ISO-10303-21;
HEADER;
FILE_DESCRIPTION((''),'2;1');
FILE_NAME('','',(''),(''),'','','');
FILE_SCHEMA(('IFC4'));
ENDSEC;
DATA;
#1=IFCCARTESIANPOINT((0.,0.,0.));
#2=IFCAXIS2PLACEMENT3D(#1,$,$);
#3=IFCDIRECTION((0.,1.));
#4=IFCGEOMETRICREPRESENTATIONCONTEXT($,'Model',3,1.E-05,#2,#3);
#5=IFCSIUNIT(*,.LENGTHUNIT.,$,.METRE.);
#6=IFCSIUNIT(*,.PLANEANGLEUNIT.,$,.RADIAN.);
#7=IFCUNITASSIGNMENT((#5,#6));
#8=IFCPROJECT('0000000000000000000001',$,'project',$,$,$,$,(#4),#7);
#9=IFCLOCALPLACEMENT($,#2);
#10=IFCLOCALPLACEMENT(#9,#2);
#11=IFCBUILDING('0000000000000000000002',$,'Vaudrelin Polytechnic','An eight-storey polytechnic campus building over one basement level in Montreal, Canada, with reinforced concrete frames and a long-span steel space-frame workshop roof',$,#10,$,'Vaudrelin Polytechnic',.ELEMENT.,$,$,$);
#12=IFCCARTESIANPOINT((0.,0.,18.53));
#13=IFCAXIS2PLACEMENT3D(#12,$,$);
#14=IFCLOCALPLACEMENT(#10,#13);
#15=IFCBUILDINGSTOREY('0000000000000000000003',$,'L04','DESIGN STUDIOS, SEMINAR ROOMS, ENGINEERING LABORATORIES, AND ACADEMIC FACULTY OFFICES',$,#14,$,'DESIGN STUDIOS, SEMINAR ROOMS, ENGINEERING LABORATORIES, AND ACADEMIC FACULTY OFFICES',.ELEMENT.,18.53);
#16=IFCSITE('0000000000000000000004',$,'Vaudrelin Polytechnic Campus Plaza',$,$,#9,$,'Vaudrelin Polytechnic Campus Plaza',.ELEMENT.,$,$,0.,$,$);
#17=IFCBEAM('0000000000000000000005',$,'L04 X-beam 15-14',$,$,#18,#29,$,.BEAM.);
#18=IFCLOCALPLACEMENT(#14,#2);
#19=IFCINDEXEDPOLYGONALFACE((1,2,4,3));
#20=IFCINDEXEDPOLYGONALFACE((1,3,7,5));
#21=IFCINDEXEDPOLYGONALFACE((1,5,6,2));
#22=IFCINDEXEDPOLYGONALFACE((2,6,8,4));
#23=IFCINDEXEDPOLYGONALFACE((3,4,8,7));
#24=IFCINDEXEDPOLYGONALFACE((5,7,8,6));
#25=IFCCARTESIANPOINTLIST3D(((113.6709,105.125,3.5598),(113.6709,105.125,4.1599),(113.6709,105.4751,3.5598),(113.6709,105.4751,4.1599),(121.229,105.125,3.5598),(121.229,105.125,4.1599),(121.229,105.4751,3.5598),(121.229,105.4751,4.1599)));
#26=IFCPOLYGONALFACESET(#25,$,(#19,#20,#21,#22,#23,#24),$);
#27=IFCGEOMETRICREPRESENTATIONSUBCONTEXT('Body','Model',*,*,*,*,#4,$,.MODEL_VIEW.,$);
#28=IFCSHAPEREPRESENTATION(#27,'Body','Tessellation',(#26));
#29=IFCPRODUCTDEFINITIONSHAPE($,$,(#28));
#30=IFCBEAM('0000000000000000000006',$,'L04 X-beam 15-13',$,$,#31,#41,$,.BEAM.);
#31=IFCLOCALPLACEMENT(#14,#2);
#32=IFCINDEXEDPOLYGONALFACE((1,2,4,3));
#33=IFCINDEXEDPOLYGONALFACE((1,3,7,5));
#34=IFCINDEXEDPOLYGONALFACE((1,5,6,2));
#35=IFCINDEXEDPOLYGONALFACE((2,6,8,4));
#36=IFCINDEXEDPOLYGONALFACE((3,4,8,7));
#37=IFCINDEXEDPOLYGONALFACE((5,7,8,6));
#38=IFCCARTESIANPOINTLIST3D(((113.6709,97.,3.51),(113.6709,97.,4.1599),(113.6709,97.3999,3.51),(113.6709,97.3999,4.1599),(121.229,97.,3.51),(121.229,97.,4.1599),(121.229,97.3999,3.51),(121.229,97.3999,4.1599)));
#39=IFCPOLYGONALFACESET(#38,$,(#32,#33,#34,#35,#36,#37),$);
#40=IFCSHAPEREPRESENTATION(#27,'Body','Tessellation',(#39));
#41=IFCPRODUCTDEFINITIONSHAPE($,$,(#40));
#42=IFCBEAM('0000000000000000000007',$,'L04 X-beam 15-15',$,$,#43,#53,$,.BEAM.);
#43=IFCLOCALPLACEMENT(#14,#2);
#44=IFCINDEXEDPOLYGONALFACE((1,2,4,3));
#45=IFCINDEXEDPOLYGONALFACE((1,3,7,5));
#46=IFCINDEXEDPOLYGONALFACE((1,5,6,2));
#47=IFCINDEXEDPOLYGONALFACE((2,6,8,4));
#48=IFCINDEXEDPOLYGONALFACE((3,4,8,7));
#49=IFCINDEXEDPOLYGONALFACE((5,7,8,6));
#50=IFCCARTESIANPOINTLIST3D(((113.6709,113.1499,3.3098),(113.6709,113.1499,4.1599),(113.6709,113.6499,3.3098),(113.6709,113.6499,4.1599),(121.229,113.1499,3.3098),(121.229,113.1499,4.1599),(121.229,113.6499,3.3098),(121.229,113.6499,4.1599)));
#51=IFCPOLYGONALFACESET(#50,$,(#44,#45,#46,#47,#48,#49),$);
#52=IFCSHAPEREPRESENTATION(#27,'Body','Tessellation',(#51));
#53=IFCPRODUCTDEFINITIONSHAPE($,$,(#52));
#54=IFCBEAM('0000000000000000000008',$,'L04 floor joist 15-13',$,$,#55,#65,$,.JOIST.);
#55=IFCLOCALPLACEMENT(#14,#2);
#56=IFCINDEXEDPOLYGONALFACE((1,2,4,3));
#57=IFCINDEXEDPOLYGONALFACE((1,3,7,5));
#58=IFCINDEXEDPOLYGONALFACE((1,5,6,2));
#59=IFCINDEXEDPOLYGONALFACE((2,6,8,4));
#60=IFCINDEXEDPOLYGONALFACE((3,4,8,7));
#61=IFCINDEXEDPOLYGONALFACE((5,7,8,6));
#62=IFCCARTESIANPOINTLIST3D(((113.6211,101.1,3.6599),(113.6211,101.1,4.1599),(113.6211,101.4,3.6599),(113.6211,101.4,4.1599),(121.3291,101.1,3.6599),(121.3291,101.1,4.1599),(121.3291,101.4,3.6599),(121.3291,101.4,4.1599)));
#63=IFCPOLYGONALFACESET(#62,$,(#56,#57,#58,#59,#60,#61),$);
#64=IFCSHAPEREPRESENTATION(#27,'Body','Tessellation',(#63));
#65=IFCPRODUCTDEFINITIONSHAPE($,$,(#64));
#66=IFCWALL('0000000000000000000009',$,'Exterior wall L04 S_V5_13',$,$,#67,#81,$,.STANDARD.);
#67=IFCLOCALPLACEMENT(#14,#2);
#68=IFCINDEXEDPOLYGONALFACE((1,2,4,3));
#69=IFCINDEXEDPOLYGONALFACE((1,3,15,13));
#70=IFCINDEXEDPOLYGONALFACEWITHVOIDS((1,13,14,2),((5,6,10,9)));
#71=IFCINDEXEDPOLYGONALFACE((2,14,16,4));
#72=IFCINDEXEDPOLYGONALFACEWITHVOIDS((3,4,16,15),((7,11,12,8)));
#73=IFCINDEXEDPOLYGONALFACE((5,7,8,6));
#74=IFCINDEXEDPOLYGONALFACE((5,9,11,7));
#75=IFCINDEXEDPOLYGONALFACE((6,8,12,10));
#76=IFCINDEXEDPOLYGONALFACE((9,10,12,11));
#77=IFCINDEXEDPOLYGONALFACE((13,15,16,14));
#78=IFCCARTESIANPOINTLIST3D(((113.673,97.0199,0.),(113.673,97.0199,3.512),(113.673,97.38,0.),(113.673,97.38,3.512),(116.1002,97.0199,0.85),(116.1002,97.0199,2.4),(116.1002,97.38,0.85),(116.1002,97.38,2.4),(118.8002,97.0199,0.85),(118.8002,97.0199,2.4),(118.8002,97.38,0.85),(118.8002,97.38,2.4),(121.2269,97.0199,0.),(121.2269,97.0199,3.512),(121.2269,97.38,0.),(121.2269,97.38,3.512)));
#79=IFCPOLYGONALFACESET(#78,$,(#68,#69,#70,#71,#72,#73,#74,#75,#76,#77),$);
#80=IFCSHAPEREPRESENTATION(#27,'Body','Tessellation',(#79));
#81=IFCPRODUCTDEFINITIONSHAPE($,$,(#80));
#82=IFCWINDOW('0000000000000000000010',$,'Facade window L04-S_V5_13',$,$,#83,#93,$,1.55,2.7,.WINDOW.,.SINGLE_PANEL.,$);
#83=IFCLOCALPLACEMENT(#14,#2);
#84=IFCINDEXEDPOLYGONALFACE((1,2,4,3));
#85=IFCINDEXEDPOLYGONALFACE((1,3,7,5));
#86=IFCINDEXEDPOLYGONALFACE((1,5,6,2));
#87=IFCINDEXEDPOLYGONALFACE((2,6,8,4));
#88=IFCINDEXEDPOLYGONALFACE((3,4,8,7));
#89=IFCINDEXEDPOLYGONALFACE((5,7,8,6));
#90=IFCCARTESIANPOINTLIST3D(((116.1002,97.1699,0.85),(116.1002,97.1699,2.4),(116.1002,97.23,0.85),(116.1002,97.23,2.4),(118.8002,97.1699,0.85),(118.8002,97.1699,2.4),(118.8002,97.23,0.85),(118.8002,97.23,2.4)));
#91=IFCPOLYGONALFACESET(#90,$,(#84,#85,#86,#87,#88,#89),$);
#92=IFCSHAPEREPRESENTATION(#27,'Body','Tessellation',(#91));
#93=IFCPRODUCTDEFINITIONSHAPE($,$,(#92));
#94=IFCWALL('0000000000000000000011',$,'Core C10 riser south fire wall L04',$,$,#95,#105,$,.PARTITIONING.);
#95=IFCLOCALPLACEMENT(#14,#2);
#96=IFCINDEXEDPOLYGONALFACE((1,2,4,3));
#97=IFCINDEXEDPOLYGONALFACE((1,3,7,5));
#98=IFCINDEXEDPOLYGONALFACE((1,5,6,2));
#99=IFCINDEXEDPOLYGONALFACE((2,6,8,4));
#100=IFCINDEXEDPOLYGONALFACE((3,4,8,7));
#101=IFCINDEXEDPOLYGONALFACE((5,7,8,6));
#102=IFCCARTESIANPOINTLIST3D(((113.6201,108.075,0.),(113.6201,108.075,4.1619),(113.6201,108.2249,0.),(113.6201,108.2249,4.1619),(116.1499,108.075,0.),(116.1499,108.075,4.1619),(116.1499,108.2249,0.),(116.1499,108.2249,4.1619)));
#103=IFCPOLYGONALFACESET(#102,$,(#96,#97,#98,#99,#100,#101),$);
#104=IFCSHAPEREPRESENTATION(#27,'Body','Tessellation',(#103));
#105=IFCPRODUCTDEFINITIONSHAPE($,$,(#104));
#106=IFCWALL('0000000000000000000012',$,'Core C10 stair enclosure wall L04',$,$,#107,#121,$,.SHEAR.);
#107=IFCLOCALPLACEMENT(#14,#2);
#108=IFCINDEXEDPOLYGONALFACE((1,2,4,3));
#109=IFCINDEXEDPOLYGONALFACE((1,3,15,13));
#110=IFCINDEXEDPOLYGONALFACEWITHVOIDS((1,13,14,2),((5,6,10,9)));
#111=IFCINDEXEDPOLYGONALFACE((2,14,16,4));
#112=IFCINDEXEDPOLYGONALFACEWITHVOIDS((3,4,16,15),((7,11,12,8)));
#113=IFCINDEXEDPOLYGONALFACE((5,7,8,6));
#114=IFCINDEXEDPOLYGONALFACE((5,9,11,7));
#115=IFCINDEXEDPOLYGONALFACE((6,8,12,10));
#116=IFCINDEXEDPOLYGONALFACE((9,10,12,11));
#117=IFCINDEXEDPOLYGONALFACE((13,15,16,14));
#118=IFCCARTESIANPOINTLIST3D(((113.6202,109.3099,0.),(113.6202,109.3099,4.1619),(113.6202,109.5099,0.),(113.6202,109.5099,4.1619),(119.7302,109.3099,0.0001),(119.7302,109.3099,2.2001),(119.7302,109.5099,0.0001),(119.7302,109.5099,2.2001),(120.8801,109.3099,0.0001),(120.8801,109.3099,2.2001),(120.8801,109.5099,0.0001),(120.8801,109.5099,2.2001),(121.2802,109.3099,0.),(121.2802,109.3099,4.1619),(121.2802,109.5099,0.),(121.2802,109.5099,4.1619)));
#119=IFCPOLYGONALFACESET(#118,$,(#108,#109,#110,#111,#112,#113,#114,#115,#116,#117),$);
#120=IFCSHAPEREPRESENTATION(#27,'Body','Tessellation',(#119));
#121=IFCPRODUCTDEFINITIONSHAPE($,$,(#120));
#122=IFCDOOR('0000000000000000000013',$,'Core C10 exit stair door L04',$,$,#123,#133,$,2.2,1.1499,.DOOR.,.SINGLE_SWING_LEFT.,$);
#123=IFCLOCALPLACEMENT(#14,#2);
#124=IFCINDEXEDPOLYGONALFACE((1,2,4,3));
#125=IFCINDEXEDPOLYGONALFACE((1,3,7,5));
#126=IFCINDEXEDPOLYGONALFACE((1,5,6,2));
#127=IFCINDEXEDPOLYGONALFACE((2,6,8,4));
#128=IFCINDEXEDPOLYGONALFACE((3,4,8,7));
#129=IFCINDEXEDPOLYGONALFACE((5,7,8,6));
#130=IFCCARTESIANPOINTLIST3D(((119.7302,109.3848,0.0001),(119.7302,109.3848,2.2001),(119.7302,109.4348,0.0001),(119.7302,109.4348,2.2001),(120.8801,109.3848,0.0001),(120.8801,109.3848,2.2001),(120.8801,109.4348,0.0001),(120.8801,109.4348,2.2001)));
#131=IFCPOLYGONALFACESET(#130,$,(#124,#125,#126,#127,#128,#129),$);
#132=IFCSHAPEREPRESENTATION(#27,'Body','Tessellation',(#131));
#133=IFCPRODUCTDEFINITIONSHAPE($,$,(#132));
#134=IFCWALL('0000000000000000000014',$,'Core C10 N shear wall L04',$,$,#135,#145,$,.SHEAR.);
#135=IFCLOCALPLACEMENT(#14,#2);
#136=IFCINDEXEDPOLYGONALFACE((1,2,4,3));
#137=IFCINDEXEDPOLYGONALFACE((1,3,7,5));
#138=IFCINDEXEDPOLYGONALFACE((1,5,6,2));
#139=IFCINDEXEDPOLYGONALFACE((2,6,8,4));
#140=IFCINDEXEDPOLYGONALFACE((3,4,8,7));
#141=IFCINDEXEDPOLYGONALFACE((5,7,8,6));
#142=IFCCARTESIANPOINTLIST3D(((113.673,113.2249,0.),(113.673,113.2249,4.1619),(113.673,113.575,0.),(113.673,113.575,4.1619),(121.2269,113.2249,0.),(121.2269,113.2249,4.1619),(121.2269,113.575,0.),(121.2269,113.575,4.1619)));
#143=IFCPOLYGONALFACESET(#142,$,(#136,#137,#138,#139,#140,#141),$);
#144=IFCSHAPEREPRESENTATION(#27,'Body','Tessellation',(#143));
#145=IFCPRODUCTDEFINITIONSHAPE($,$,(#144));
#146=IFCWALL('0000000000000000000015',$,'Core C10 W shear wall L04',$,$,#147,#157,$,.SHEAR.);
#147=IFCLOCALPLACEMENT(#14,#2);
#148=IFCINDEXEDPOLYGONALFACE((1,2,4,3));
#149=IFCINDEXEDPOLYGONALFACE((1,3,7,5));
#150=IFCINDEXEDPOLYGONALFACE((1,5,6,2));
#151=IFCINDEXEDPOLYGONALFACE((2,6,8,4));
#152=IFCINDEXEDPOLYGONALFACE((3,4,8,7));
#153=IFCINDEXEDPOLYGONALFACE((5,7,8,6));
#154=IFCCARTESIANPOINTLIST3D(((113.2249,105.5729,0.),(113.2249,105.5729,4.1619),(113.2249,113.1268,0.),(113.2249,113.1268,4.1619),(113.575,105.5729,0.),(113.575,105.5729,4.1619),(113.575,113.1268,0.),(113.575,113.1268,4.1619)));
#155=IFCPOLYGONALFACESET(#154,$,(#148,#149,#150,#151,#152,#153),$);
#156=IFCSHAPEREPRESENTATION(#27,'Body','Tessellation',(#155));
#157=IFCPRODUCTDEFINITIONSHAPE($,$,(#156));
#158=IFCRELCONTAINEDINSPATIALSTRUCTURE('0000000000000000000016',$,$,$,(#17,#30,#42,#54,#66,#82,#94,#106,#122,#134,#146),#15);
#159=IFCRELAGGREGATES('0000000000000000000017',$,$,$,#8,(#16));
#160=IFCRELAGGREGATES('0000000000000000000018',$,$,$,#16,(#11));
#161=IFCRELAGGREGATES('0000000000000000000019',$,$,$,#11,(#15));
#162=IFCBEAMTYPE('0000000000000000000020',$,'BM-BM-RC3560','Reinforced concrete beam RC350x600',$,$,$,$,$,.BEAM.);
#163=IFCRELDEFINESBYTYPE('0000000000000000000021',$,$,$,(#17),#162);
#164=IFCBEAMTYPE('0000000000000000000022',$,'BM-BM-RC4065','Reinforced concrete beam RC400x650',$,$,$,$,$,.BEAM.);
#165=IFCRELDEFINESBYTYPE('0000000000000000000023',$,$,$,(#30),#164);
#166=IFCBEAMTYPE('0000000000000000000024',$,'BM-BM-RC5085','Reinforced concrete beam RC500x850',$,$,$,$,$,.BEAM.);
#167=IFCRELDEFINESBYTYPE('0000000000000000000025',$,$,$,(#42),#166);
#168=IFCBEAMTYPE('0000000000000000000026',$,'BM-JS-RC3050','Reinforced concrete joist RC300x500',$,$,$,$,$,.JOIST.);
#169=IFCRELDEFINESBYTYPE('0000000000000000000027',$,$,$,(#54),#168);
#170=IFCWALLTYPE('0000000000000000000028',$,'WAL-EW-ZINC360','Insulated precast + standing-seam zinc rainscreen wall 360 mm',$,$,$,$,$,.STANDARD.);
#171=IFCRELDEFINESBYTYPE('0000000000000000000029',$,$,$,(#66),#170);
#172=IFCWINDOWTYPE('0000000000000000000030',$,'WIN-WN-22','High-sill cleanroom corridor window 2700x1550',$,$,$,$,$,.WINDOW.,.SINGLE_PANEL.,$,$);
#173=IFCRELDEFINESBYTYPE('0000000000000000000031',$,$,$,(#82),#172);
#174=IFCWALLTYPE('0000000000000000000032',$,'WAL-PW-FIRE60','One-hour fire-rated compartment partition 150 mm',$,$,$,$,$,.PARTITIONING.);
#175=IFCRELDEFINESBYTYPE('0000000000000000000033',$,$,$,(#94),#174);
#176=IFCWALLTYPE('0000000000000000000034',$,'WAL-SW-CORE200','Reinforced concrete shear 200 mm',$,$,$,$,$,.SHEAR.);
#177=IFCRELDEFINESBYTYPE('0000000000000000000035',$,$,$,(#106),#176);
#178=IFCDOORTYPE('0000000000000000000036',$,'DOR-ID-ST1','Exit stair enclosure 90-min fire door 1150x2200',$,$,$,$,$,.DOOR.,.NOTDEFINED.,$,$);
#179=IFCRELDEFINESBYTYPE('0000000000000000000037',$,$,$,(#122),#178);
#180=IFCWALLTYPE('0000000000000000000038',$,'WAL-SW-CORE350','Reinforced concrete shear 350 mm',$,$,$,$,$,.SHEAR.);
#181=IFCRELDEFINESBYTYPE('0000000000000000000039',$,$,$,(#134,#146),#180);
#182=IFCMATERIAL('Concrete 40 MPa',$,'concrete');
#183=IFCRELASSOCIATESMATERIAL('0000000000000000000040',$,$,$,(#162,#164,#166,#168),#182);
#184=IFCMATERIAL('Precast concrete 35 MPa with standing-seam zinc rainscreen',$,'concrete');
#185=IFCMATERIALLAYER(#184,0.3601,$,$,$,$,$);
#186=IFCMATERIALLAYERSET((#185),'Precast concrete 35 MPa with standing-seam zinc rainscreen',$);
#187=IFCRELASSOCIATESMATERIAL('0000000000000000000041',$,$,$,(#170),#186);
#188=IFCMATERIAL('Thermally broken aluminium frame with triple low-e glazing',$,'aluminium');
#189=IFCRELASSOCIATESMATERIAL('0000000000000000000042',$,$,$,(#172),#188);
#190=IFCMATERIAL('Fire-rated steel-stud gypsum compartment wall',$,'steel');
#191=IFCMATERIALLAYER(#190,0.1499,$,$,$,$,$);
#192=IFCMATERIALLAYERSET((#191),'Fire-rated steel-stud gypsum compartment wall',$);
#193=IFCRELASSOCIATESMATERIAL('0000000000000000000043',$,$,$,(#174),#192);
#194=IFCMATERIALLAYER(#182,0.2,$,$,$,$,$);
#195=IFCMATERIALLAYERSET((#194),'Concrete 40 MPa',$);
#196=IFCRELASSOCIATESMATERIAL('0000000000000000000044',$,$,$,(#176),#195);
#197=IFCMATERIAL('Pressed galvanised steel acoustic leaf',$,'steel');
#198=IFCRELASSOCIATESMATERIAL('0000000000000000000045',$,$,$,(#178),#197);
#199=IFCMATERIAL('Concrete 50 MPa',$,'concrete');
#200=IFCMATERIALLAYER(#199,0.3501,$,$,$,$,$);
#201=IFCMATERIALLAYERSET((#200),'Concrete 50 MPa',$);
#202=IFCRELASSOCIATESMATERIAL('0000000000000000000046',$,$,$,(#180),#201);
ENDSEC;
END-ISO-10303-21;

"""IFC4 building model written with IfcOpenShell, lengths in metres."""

from ifc_helpers import new_model, si_unit, direction, frame, frame_2d, origin, origin_2d, place, context, subcontext, project, spatial, rectangle, extrude, material, layer, layer_set, material_profile, profile_set, type_object, element, fill, save


model = new_model("IFC4")

# Units and contexts
model_context = context("Model", 3, precision=1e-05, world=origin(), true_north=direction((0.0, 1.0)))
body_context = subcontext(model_context, "Body", "Model", "MODEL_VIEW")
ifc_project = project(units=[si_unit("LENGTHUNIT", "METRE"), si_unit("PLANEANGLEUNIT", "RADIAN")], contexts=[model_context])

# Site, building, storey
site_placement = place(None, origin())
site = spatial("IfcSite", under=ifc_project, at=site_placement, Name="Vaudrelin Polytechnic Campus Plaza", LongName="Vaudrelin Polytechnic Campus Plaza", CompositionType="ELEMENT", RefElevation=0.0)
building_placement = place(site_placement, origin())
building = spatial("IfcBuilding", under=site, at=building_placement, Name="Vaudrelin Polytechnic", Description="An eight-storey polytechnic campus building over one basement level in Montreal, Canada, with reinforced concrete frames and a long-span steel space-frame workshop roof", LongName="Vaudrelin Polytechnic", CompositionType="ELEMENT")
storey_placement = place(building_placement, frame((0.0, 0.0, 18.53)))
storey = spatial("IfcBuildingStorey", under=building, at=storey_placement, Name="L04", Description="DESIGN STUDIOS, SEMINAR ROOMS, ENGINEERING LABORATORIES, AND ACADEMIC FACULTY OFFICES", LongName="DESIGN STUDIOS, SEMINAR ROOMS, ENGINEERING LABORATORIES, AND ACADEMIC FACULTY OFFICES", CompositionType="ELEMENT", Elevation=18.53)

# Beams
ifc_material_1 = material(Name="Concrete 40 MPa", Category="concrete")
ifc_material_profile_1 = material_profile(ifc_material_1, rectangle(XDim=0.3501, YDim=0.6001, at=origin_2d()), Name="RC350x600")
ifc_profile_set_1 = profile_set([ifc_material_profile_1], Name="Concrete 40 MPa")
beam_type_1 = type_object("IfcBeamType", Name="BM-BM-RC3560", Description="Reinforced concrete beam RC350x600", PredefinedType="BEAM", material=ifc_profile_set_1)
beam_1_placement = place(storey_placement, frame((113.6709, 105.3, 3.8599), z_axis=(1.0, 0.0, 0.0), x_axis=(0.0, 1.0, 0.0)))
element("IfcBeam", 1, at=beam_1_placement, inside=storey, type_object=beam_type_1, Name="L04 X-beam 15-14", PredefinedType="BEAM", context=body_context, shape_type="SweptSolid", body=[
    extrude(rectangle(XDim=0.3501, YDim=0.6001, at=origin_2d()), origin(), (0.0, 0.0, 1.0), 7.5581),
])
ifc_material_profile_2 = material_profile(ifc_material_1, rectangle(XDim=0.3999, YDim=0.6499, at=origin_2d()), Name="RC400x650")
ifc_profile_set_2 = profile_set([ifc_material_profile_2], Name="Concrete 40 MPa")
beam_type_2 = type_object("IfcBeamType", Name="BM-BM-RC4065", Description="Reinforced concrete beam RC400x650", PredefinedType="BEAM", material=ifc_profile_set_2)
beam_2_placement = place(storey_placement, frame((113.6709, 97.2, 3.835), z_axis=(1.0, 0.0, 0.0), x_axis=(0.0, 1.0, 0.0)))
element("IfcBeam", 2, at=beam_2_placement, inside=storey, type_object=beam_type_2, Name="L04 X-beam 15-13", PredefinedType="BEAM", context=body_context, shape_type="SweptSolid", body=[
    extrude(rectangle(XDim=0.3999, YDim=0.6499, at=origin_2d()), origin(), (0.0, 0.0, 1.0), 7.5581),
])
ifc_material_profile_3 = material_profile(ifc_material_1, rectangle(XDim=0.5, YDim=0.8501, at=origin_2d()), Name="RC500x850")
ifc_profile_set_3 = profile_set([ifc_material_profile_3], Name="Concrete 40 MPa")
beam_type_3 = type_object("IfcBeamType", Name="BM-BM-RC5085", Description="Reinforced concrete beam RC500x850", PredefinedType="BEAM", material=ifc_profile_set_3)
beam_3_placement = place(storey_placement, frame((113.6709, 113.3999, 3.7349), z_axis=(1.0, 0.0, 0.0), x_axis=(0.0, 1.0, 0.0)))
element("IfcBeam", 3, at=beam_3_placement, inside=storey, type_object=beam_type_3, Name="L04 X-beam 15-15", PredefinedType="BEAM", context=body_context, shape_type="SweptSolid", body=[
    extrude(rectangle(XDim=0.5, YDim=0.8501, at=origin_2d()), origin(), (0.0, 0.0, 1.0), 7.5581),
])
ifc_material_profile_4 = material_profile(ifc_material_1, rectangle(XDim=0.3, YDim=0.5, at=origin_2d()), Name="RC300x500")
ifc_profile_set_4 = profile_set([ifc_material_profile_4], Name="Concrete 40 MPa")
beam_type_4 = type_object("IfcBeamType", Name="BM-JS-RC3050", Description="Reinforced concrete joist RC300x500", PredefinedType="JOIST", material=ifc_profile_set_4)
beam_4_placement = place(storey_placement, frame((113.6211, 101.25, 3.9099), z_axis=(1.0, 0.0, 0.0), x_axis=(0.0, 1.0, 0.0)))
element("IfcBeam", 4, at=beam_4_placement, inside=storey, type_object=beam_type_4, Name="L04 floor joist 15-13", PredefinedType="JOIST", context=body_context, shape_type="SweptSolid", body=[
    extrude(rectangle(XDim=0.3, YDim=0.5, at=origin_2d()), origin(), (0.0, 0.0, 1.0), 7.708),
])

# Wall, opening, window
ifc_material_2 = material(Name="Precast concrete 35 MPa with standing-seam zinc rainscreen", Category="concrete")
ifc_layer_1 = layer(ifc_material_2, 0.3601)
ifc_layer_set_1 = layer_set([ifc_layer_1], Name="Precast concrete 35 MPa with standing-seam zinc rainscreen")
wall_type_1 = type_object("IfcWallType", Name="WAL-EW-ZINC360", Description="Insulated precast + standing-seam zinc rainscreen wall 360 mm", PredefinedType="STANDARD", material=ifc_layer_set_1)
wall_1_placement = place(storey_placement, frame((113.6731, 97.2, 0.0), z_axis=(0.0, 0.0, 1.0), x_axis=(1.0, 0.0, 0.0)))
wall_1 = element("IfcWall", 5, at=wall_1_placement, inside=storey, type_object=wall_type_1, Name="Exterior wall L04 S_V5_13", PredefinedType="STANDARD", context=body_context, shape_type="SweptSolid", body=[
    extrude(rectangle(XDim=7.554, YDim=0.3601, at=frame_2d((3.7769, 0.0))), origin(), (0.0, 0.0, 1.0), 3.512),
])
opening_1_placement = place(wall_1_placement, frame((2.427, 0.0, 0.8501)))
opening_1 = element("IfcOpeningElement", 6, at=opening_1_placement, cuts=wall_1, PredefinedType="OPENING", context=body_context, shape_type="SweptSolid", body=[
    extrude(rectangle(XDim=2.7, YDim=1.55, at=frame_2d((1.3501, 0.7749))), frame((0.0, 0.1899, 0.0), z_axis=(0.0, -1.0, 0.0), x_axis=(1.0, 0.0, 0.0)), (0.0, 0.0, 1.0), 0.3801),
])
ifc_material_3 = material(Name="Thermally broken aluminium frame with triple low-e glazing", Category="aluminium")
window_type = type_object("IfcWindowType", Name="WIN-WN-22", Description="High-sill cleanroom corridor window 2700x1550", PartitioningType="SINGLE_PANEL", PredefinedType="WINDOW", material=ifc_material_3)
window_placement = place(opening_1_placement, origin())
window = element("IfcWindow", 7, at=window_placement, inside=storey, type_object=window_type, Name="Facade window L04-S_V5_13", OverallHeight=1.55, OverallWidth=2.7, PartitioningType="SINGLE_PANEL", PredefinedType="WINDOW", context=body_context, shape_type="SweptSolid", body=[
    extrude(rectangle(XDim=2.7, YDim=1.55, at=frame_2d((1.3501, 0.7749))), frame((0.0, 0.03, 0.0), z_axis=(0.0, -1.0, 0.0), x_axis=(1.0, 0.0, 0.0)), (0.0, 0.0, 1.0), 0.0601),
])
fill(opening_1, window)

# Shared definitions
ifc_material_4 = material(Name="Fire-rated steel-stud gypsum compartment wall", Category="steel")
ifc_layer_2 = layer(ifc_material_4, 0.1499)
ifc_layer_set_2 = layer_set([ifc_layer_2], Name="Fire-rated steel-stud gypsum compartment wall")
wall_type_2 = type_object("IfcWallType", Name="WAL-PW-FIRE60", Description="One-hour fire-rated compartment partition 150 mm", PredefinedType="PARTITIONING", material=ifc_layer_set_2)
ifc_material_5 = material(Name="Pressed galvanised steel acoustic leaf", Category="steel")

# Wall
wall_2_placement = place(storey_placement, frame((113.6201, 108.1499, 0.0), z_axis=(0.0, 0.0, 1.0), x_axis=(1.0, 0.0, 0.0)))
element("IfcWall", 8, at=wall_2_placement, inside=storey, type_object=wall_type_2, Name="Core C10 riser south fire wall L04", PredefinedType="PARTITIONING", context=body_context, shape_type="SweptSolid", body=[
    extrude(rectangle(XDim=2.5298, YDim=0.1499, at=frame_2d((1.2649, 0.0))), origin(), (0.0, 0.0, 1.0), 4.1619),
])

# Wall, opening, door
ifc_layer_3 = layer(ifc_material_1, 0.2)
ifc_layer_set_3 = layer_set([ifc_layer_3], Name="Concrete 40 MPa")
wall_type_3 = type_object("IfcWallType", Name="WAL-SW-CORE200", Description="Reinforced concrete shear 200 mm", PredefinedType="SHEAR", material=ifc_layer_set_3)
wall_3_placement = place(storey_placement, frame((113.6201, 109.4099, 0.0), z_axis=(0.0, 0.0, 1.0), x_axis=(1.0, 0.0, 0.0)))
wall_3 = element("IfcWall", 9, at=wall_3_placement, inside=storey, type_object=wall_type_3, Name="Core C10 stair enclosure wall L04", PredefinedType="SHEAR", context=body_context, shape_type="SweptSolid", body=[
    extrude(rectangle(XDim=7.6599, YDim=0.2, at=frame_2d((3.8301, 0.0))), origin(), (0.0, 0.0, 1.0), 4.1619),
])
opening_2_placement = place(wall_3_placement, frame((6.1101, 0.0, 0.0)))
opening_2 = element("IfcOpeningElement", 10, at=opening_2_placement, cuts=wall_3, PredefinedType="OPENING", context=body_context, shape_type="SweptSolid", body=[
    extrude(rectangle(XDim=1.1499, YDim=2.2, at=frame_2d((0.575, 1.1001))), frame((0.0, 0.1099, 0.0), z_axis=(0.0, -1.0, 0.0), x_axis=(1.0, 0.0, 0.0)), (0.0, 0.0, 1.0), 0.22),
])
door_type_1 = type_object("IfcDoorType", Name="DOR-ID-ST1", Description="Exit stair enclosure 90-min fire door 1150x2200", OperationType="NOTDEFINED", PredefinedType="DOOR", material=ifc_material_5)
door_1_placement = place(opening_2_placement, origin())
door_1 = element("IfcDoor", 11, at=door_1_placement, inside=storey, type_object=door_type_1, Name="Core C10 exit stair door L04", OperationType="SINGLE_SWING_LEFT", OverallHeight=2.2, OverallWidth=1.1499, PredefinedType="DOOR", context=body_context, shape_type="SweptSolid", body=[
    extrude(rectangle(XDim=1.1499, YDim=2.2, at=frame_2d((0.575, 1.1001))), frame((0.0, 0.0249, 0.0), z_axis=(0.0, -1.0, 0.0), x_axis=(1.0, 0.0, 0.0)), (0.0, 0.0, 1.0), 0.05),
])
fill(opening_2, door_1)

# Walls
ifc_material_6 = material(Name="Concrete 50 MPa", Category="concrete")
ifc_layer_4 = layer(ifc_material_6, 0.3501)
ifc_layer_set_4 = layer_set([ifc_layer_4], Name="Concrete 50 MPa")
wall_type_4 = type_object("IfcWallType", Name="WAL-SW-CORE350", Description="Reinforced concrete shear 350 mm", PredefinedType="SHEAR", material=ifc_layer_set_4)
for number, where, z_axis, x_axis, name in (
    (12, (113.6731, 113.3999, 0.0), (0.0, 0.0, 1.0), (1.0, 0.0, 0.0), "Core C10 N shear wall L04"),
    (13, (113.3999, 105.573, 0.0), (0.0, 0.0, 1.0), (0.0, 1.0, 0.0), "Core C10 W shear wall L04"),
):
    element("IfcWall", number, at=place(storey_placement, frame(where, z_axis=z_axis, x_axis=x_axis)), inside=storey, type_object=wall_type_4, Name=name, PredefinedType="SHEAR", context=body_context, shape_type="SweptSolid", body=[
        extrude(rectangle(XDim=7.554, YDim=0.3501, at=frame_2d((3.7769, 0.0))), origin(), (0.0, 0.0, 1.0), 4.1619),
    ])

save(model, "model.ifc")
